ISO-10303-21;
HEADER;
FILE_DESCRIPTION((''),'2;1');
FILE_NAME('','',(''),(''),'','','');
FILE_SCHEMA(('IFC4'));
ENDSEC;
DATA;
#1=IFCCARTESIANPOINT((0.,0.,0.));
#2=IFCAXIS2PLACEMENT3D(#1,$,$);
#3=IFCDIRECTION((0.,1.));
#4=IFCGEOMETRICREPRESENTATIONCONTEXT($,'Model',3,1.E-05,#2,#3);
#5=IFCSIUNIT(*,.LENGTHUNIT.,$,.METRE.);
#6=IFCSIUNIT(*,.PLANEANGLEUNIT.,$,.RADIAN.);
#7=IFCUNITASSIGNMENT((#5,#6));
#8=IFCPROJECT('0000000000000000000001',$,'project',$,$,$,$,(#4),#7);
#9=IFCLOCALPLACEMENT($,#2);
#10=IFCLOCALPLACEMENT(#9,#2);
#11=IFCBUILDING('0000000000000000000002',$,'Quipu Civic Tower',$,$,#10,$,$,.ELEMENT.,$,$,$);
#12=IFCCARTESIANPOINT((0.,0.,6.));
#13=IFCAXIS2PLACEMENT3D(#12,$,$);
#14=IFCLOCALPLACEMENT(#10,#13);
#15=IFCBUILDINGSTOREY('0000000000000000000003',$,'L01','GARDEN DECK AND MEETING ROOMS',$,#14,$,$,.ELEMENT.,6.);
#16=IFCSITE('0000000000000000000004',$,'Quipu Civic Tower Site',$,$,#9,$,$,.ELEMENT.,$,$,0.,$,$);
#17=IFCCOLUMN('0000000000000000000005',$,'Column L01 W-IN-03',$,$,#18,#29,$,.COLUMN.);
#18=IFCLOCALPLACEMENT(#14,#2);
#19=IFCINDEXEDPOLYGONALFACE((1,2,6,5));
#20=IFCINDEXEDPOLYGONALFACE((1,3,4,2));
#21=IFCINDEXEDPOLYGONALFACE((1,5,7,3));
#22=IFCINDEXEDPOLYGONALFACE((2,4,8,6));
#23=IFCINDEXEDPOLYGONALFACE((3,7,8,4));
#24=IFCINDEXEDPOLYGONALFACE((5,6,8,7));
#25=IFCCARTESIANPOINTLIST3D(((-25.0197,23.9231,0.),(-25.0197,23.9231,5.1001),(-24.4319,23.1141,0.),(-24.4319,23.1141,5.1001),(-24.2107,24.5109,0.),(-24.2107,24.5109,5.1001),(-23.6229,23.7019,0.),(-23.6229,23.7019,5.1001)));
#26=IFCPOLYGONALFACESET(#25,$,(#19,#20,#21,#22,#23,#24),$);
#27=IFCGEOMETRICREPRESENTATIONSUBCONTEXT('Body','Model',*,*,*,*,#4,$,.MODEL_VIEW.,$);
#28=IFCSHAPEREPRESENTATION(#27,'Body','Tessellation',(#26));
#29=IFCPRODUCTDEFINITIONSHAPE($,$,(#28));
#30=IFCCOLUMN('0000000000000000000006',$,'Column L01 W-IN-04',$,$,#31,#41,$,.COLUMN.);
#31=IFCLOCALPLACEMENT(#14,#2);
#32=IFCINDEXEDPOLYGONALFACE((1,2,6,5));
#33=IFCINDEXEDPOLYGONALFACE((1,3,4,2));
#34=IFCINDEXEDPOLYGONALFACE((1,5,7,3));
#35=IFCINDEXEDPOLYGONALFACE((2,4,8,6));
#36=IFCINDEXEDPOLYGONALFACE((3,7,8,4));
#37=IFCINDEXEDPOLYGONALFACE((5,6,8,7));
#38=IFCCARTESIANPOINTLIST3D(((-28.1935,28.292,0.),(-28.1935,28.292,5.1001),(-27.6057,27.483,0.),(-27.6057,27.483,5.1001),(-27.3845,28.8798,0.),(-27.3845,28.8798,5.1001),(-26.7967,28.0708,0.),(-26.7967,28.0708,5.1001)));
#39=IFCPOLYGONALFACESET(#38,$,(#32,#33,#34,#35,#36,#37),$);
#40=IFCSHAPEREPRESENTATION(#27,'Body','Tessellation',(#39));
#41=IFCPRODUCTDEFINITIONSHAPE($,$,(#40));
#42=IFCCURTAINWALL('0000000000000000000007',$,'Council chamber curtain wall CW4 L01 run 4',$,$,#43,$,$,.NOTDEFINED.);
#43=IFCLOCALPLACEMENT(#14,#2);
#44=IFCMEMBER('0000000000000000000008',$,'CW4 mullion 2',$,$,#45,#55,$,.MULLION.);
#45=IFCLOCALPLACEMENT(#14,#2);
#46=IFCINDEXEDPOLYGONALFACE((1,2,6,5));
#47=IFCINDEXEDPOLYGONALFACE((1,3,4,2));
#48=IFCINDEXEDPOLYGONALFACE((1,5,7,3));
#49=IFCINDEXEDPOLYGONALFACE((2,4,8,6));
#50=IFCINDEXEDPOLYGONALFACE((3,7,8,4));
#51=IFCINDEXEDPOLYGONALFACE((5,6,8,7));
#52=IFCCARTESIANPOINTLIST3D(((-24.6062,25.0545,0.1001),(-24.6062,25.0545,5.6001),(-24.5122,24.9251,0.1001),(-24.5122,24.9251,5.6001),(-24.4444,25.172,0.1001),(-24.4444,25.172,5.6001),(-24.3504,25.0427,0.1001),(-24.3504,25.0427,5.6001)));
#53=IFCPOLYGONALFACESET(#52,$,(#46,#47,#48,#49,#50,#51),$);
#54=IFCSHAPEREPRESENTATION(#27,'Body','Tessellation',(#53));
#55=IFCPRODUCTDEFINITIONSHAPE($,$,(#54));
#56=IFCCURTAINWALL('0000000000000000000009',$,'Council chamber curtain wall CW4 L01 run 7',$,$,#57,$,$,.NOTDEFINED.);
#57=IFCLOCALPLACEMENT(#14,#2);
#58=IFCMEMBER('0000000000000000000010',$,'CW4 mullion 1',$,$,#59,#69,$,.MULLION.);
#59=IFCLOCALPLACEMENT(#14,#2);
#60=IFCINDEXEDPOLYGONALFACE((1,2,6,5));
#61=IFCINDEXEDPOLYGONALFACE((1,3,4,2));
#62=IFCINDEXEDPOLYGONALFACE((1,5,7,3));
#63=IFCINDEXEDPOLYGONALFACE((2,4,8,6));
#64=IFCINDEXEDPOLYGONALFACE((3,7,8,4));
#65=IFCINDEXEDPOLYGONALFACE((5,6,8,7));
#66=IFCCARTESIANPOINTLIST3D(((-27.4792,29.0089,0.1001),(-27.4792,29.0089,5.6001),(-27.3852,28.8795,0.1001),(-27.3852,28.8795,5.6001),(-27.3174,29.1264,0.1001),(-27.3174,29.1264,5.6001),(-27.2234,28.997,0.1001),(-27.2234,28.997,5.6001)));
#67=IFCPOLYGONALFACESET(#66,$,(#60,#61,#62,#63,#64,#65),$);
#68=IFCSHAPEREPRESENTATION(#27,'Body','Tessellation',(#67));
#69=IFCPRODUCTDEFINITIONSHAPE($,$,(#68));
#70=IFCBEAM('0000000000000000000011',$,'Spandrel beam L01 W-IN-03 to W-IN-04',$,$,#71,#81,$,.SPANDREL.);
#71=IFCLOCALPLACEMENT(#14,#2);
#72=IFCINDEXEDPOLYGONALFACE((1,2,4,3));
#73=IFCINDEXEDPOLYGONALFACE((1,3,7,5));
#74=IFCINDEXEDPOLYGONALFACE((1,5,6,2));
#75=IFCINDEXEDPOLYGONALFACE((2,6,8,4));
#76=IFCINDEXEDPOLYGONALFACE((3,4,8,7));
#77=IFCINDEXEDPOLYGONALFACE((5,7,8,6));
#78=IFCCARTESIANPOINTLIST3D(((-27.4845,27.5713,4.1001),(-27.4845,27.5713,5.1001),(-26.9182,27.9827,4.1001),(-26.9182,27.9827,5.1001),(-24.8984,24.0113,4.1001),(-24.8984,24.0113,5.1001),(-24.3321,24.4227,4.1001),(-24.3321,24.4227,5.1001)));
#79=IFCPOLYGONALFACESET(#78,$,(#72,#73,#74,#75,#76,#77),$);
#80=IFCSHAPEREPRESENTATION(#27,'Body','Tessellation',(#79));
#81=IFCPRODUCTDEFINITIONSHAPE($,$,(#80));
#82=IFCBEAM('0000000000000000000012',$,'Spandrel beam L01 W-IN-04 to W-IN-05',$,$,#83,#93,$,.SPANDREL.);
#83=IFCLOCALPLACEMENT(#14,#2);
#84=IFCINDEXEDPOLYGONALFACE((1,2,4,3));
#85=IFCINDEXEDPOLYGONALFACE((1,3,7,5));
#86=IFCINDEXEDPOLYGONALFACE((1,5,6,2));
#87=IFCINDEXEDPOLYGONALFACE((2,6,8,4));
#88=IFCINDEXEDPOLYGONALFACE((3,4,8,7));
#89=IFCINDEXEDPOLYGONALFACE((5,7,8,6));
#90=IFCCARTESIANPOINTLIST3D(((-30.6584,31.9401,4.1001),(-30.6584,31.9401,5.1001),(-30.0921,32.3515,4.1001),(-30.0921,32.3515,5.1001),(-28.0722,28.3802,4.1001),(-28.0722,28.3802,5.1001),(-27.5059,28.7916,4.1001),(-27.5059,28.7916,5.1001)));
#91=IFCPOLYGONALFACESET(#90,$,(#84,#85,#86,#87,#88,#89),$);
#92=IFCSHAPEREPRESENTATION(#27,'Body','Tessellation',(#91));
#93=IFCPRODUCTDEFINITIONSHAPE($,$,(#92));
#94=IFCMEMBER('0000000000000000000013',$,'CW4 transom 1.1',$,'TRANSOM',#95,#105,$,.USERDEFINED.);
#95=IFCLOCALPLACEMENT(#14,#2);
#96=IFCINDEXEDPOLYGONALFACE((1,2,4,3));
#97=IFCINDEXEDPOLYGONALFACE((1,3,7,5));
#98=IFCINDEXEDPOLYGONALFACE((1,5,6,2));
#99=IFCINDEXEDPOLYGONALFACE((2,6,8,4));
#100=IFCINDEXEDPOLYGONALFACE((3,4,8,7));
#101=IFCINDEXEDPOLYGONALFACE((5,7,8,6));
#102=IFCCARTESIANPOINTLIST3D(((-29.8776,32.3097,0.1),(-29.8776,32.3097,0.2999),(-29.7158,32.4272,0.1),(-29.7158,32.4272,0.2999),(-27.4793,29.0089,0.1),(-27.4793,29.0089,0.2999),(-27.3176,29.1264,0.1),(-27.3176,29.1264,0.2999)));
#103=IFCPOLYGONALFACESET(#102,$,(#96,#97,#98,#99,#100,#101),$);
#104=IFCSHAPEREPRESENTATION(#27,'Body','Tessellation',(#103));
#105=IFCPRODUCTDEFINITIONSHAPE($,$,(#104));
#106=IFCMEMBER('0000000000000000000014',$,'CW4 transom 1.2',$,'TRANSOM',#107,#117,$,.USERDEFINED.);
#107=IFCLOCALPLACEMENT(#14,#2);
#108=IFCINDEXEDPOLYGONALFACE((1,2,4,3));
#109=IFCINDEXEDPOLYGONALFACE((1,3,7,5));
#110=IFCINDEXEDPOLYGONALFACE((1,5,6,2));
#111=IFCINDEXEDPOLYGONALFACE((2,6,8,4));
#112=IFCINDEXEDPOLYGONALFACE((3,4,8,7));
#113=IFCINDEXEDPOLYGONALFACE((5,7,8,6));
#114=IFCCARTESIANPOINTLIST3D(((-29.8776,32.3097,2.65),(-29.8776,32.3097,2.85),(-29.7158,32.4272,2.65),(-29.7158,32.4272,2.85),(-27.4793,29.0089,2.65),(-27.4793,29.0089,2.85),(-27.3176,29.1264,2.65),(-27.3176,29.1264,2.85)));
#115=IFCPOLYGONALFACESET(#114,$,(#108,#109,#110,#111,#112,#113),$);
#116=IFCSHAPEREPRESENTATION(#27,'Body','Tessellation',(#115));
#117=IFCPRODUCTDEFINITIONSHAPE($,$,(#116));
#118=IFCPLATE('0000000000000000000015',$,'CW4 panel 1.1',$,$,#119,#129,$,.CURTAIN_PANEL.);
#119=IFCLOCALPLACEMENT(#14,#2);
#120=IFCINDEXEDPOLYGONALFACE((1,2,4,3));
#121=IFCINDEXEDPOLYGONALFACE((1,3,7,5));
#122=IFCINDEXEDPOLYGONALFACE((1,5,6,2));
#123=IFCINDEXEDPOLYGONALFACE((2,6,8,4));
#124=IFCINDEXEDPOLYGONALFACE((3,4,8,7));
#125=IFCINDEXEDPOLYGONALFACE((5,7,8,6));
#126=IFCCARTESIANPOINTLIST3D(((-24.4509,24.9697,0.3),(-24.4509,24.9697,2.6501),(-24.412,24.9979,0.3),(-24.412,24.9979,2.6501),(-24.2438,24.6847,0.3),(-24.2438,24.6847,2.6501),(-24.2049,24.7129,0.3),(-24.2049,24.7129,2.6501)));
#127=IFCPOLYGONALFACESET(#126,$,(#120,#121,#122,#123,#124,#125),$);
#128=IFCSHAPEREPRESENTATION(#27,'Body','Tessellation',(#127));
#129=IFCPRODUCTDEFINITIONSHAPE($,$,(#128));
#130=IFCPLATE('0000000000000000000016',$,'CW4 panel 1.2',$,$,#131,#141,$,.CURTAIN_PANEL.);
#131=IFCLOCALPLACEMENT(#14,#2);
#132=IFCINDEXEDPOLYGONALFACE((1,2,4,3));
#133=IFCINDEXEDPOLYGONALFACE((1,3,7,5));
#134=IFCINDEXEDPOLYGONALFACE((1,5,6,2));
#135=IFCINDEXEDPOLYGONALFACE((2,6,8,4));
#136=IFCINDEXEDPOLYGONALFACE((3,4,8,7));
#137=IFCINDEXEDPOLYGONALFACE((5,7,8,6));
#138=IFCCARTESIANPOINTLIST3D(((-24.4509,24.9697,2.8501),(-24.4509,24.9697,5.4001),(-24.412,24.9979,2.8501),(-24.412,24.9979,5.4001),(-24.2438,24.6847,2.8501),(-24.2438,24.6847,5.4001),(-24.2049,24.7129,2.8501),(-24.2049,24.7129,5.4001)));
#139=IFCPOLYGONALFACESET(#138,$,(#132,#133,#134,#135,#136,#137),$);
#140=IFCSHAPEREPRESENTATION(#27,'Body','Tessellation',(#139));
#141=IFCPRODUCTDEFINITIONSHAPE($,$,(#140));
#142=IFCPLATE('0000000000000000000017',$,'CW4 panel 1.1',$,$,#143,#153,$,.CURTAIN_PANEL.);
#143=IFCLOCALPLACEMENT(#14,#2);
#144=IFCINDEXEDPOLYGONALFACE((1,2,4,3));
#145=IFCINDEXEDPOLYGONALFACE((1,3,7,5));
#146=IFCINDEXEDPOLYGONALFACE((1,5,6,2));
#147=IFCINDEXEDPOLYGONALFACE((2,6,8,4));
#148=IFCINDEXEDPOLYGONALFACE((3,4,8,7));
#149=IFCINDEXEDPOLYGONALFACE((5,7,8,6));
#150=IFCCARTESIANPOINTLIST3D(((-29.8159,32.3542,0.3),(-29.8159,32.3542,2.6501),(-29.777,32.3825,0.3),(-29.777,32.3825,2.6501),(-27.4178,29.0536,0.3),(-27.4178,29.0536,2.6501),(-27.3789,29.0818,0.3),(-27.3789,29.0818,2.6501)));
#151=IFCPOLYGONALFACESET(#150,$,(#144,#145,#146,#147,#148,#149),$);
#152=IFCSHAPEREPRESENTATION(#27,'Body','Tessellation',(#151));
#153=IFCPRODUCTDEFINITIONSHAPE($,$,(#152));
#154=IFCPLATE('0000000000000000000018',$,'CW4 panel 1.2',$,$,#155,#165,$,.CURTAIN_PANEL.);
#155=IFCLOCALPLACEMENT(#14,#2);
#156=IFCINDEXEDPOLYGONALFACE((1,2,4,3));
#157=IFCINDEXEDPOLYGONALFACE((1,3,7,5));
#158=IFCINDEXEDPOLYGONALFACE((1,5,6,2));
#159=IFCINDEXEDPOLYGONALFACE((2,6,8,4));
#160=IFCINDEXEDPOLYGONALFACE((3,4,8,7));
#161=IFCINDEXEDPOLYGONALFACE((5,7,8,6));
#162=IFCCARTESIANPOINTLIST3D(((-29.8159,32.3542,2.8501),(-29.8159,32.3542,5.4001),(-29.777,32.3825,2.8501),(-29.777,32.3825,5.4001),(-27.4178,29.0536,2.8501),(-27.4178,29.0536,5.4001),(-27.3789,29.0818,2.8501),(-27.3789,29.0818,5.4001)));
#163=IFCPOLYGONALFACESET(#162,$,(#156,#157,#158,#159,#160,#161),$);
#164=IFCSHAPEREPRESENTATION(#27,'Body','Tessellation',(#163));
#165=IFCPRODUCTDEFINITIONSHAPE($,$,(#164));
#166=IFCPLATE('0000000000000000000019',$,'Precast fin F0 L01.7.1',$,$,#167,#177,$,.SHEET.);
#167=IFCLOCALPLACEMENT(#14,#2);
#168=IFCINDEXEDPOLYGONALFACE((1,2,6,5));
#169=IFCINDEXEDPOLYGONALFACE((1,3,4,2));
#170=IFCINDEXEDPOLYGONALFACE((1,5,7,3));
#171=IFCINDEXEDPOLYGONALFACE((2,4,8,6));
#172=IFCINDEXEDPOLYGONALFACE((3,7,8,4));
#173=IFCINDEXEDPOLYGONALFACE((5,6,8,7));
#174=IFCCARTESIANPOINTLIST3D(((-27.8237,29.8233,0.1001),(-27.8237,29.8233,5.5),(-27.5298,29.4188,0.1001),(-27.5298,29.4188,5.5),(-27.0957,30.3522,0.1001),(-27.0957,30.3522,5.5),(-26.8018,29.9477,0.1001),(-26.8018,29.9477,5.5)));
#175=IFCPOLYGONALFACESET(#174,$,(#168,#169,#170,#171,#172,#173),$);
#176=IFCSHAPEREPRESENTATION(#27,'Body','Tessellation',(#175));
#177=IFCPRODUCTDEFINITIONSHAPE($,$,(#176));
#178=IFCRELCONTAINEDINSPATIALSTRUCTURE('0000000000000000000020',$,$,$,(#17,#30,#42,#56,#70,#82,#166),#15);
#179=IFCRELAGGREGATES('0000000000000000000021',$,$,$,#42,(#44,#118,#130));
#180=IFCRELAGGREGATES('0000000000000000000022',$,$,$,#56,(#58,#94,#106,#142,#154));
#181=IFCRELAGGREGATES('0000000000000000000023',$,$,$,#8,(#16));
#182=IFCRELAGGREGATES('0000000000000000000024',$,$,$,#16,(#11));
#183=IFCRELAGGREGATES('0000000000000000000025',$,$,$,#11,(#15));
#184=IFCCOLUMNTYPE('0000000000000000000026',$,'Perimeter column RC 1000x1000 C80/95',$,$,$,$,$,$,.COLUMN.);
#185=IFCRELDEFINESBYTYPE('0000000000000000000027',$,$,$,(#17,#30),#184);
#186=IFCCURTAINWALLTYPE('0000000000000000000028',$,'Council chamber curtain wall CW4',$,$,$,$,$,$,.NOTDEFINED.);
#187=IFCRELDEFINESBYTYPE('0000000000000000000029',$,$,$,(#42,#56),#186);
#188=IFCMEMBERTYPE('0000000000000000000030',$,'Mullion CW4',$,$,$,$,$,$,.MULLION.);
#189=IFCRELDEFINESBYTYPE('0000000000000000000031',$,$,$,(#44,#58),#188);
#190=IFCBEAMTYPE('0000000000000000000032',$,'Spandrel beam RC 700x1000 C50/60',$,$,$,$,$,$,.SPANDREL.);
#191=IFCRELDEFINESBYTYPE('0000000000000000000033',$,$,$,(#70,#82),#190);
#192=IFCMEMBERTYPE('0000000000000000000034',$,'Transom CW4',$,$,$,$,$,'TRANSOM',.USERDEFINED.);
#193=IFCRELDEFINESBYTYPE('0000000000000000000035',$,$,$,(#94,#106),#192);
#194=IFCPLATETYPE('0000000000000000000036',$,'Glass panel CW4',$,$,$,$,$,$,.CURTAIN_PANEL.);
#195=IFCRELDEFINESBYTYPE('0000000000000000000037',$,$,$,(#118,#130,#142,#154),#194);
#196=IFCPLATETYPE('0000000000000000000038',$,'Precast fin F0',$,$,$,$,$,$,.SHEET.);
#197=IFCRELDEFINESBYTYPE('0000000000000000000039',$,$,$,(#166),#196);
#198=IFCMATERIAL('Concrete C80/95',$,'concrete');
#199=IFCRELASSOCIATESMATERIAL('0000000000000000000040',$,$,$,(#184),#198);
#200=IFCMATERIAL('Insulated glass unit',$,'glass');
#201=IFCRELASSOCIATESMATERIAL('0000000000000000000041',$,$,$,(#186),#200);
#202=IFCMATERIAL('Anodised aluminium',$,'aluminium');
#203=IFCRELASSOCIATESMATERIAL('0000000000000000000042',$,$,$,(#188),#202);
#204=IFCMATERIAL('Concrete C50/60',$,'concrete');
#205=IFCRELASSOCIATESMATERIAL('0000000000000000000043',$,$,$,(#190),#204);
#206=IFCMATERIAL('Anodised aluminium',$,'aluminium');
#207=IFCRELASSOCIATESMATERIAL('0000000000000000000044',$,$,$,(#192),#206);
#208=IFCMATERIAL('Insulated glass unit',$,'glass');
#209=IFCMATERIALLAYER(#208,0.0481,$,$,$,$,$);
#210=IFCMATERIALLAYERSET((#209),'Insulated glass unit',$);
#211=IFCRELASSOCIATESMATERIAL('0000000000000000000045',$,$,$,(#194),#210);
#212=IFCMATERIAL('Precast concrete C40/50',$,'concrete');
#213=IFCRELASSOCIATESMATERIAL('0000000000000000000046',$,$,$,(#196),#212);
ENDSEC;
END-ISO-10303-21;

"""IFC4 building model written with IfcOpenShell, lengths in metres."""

from ifc_helpers import new_model, si_unit, direction, frame, origin, origin_2d, place, context, subcontext, project, spatial, rectangle, extrude, material, layer, layer_set, material_profile, profile_set, type_object, element, aggregate, save


model = new_model("IFC4")

# Units and contexts
model_context = context("Model", 3, precision=1e-05, world=origin(), true_north=direction((0.0, 1.0)))
body_context = subcontext(model_context, "Body", "Model", "MODEL_VIEW")
ifc_project = project(units=[si_unit("LENGTHUNIT", "METRE"), si_unit("PLANEANGLEUNIT", "RADIAN")], contexts=[model_context])

# Site, building, storey
site_placement = place(None, origin())
site = spatial("IfcSite", under=ifc_project, at=site_placement, Name="Quipu Civic Tower Site", CompositionType="ELEMENT", RefElevation=0.0)
building_placement = place(site_placement, origin())
building = spatial("IfcBuilding", under=site, at=building_placement, Name="Quipu Civic Tower", CompositionType="ELEMENT")
storey_placement = place(building_placement, frame((0.0, 0.0, 6.0)))
storey = spatial("IfcBuildingStorey", under=building, at=storey_placement, Name="L01", Description="GARDEN DECK AND MEETING ROOMS", CompositionType="ELEMENT", Elevation=6.0)

# Columns
ifc_material_1 = material(Name="Concrete C80/95", Category="concrete")
ifc_material_profile_1 = material_profile(ifc_material_1, rectangle(XDim=1.0, YDim=1.0, at=origin_2d()), Name="RC1000x1000")
ifc_profile_set_1 = profile_set([ifc_material_profile_1], Name="Concrete C80/95")
column_type = type_object("IfcColumnType", Name="Perimeter column RC 1000x1000 C80/95", PredefinedType="COLUMN", material=ifc_profile_set_1)
for number, where, z_axis, x_axis, name in (
    (1, (-24.3213, 23.8125, 0.0), (0.0, 0.0, 1.0), (-0.587785, 0.809017, 0.0), "Column L01 W-IN-03"),
    (2, (-27.4951, 28.1814, 0.0), (0.0, 0.0, 1.0), (-0.587785, 0.809017, 0.0), "Column L01 W-IN-04"),
):
    element("IfcColumn", number, at=place(storey_placement, frame(where, z_axis=z_axis, x_axis=x_axis)), inside=storey, type_object=column_type, Name=name, PredefinedType="COLUMN", context=body_context, shape_type="SweptSolid", body=[
        extrude(rectangle(XDim=1.0, YDim=1.0, at=origin_2d()), origin(), (0.0, 0.0, 1.0), 5.1001),
    ])

# Curtain walls, members
ifc_material_2 = material(Name="Insulated glass unit", Category="glass")
curtain_wall_type = type_object("IfcCurtainWallType", Name="Council chamber curtain wall CW4", PredefinedType="NOTDEFINED", material=ifc_material_2)
curtain_wall_1_placement = place(storey_placement, origin())
curtain_wall_1 = element("IfcCurtainWall", 3, at=curtain_wall_1_placement, inside=storey, type_object=curtain_wall_type, Name="Council chamber curtain wall CW4 L01 run 4", PredefinedType="NOTDEFINED")
ifc_material_3 = material(Name="Anodised aluminium", Category="aluminium")
ifc_material_profile_2 = material_profile(ifc_material_3, rectangle(XDim=0.2, YDim=0.1599, at=origin_2d()), Name="RECT 200x160")
ifc_profile_set_2 = profile_set([ifc_material_profile_2], Name="Anodised aluminium")
member_type_1 = type_object("IfcMemberType", Name="Mullion CW4", PredefinedType="MULLION", material=ifc_profile_set_2)
member_1_placement = place(storey_placement, frame((-24.4783, 25.0486, 0.1001), z_axis=(0.0, 0.0, 1.0), x_axis=(-0.809013, -0.587791, 0.0)))
member_1 = element("IfcMember", 4, at=member_1_placement, type_object=member_type_1, Name="CW4 mullion 2", PredefinedType="MULLION", context=body_context, shape_type="SweptSolid", body=[
    extrude(rectangle(XDim=0.2, YDim=0.1599, at=origin_2d()), origin(), (0.0, 0.0, 1.0), 5.5),
])
curtain_wall_2_placement = place(storey_placement, origin())
curtain_wall_2 = element("IfcCurtainWall", 5, at=curtain_wall_2_placement, inside=storey, type_object=curtain_wall_type, Name="Council chamber curtain wall CW4 L01 run 7", PredefinedType="NOTDEFINED")
member_2_placement = place(storey_placement, frame((-27.3513, 29.0029, 0.1001), z_axis=(0.0, 0.0, 1.0), x_axis=(-0.809017, -0.587785, 0.0)))
member_2 = element("IfcMember", 6, at=member_2_placement, type_object=member_type_1, Name="CW4 mullion 1", PredefinedType="MULLION", context=body_context, shape_type="SweptSolid", body=[
    extrude(rectangle(XDim=0.2, YDim=0.1599, at=origin_2d()), origin(), (0.0, 0.0, 1.0), 5.5),
])

# Beams
ifc_material_4 = material(Name="Concrete C50/60", Category="concrete")
ifc_material_profile_3 = material_profile(ifc_material_4, rectangle(XDim=0.7, YDim=1.0, at=origin_2d()), Name="RC700x1000")
ifc_profile_set_3 = profile_set([ifc_material_profile_3], Name="Concrete C50/60")
beam_type = type_object("IfcBeamType", Name="Spandrel beam RC 700x1000 C50/60", PredefinedType="SPANDREL", material=ifc_profile_set_3)
for number, where, z_axis, x_axis, name in (
    (7, (-24.6152, 24.217, 4.6001), (-0.587733, 0.809055, 0.0), (-0.809055, -0.587733, 0.0), "Spandrel beam L01 W-IN-03 to W-IN-04"),
    (8, (-27.7891, 28.5859, 4.6001), (-0.587759, 0.809036, 0.0), (-0.809036, -0.587759, 0.0), "Spandrel beam L01 W-IN-04 to W-IN-05"),
):
    element("IfcBeam", number, at=place(storey_placement, frame(where, z_axis=z_axis, x_axis=x_axis)), inside=storey, type_object=beam_type, Name=name, PredefinedType="SPANDREL", context=body_context, shape_type="SweptSolid", body=[
        extrude(rectangle(XDim=0.7, YDim=1.0, at=origin_2d()), origin(), (0.0, 0.0, 1.0), 4.4001),
    ])

# Members
ifc_material_5 = material(Name="Anodised aluminium", Category="aluminium")
ifc_material_profile_4 = material_profile(ifc_material_5, rectangle(XDim=0.2, YDim=0.2, at=origin_2d()), Name="RECT 200x200")
ifc_profile_set_4 = profile_set([ifc_material_profile_4], Name="Anodised aluminium")
member_type_2 = type_object("IfcMemberType", Name="Transom CW4", ElementType="TRANSOM", PredefinedType="USERDEFINED", material=ifc_profile_set_4)
member_3_placement = place(storey_placement, frame((-27.3984, 29.0676, 0.2), z_axis=(-0.587791, 0.809013, 0.0), x_axis=(-0.809013, -0.587791, 0.0)))
member_3 = element("IfcMember", 9, at=member_3_placement, type_object=member_type_2, Name="CW4 transom 1.1", ObjectType="TRANSOM", PredefinedType="USERDEFINED", context=body_context, shape_type="SweptSolid", body=[
    extrude(rectangle(XDim=0.2, YDim=0.2, at=origin_2d()), origin(), (0.0, 0.0, 1.0), 4.0801),
])
member_4_placement = place(storey_placement, frame((-27.3984, 29.0676, 2.75), z_axis=(-0.587791, 0.809013, 0.0), x_axis=(-0.809013, -0.587791, 0.0)))
member_4 = element("IfcMember", 10, at=member_4_placement, type_object=member_type_2, Name="CW4 transom 1.2", ObjectType="TRANSOM", PredefinedType="USERDEFINED", context=body_context, shape_type="SweptSolid", body=[
    extrude(rectangle(XDim=0.2, YDim=0.2, at=origin_2d()), origin(), (0.0, 0.0, 1.0), 4.0801),
])

# Plates
ifc_material_6 = material(Name="Insulated glass unit", Category="glass")
ifc_layer_1 = layer(ifc_material_6, 0.0481)
ifc_layer_set_1 = layer_set([ifc_layer_1], Name="Insulated glass unit")
plate_type_1 = type_object("IfcPlateType", Name="Glass panel CW4", PredefinedType="CURTAIN_PANEL", material=ifc_layer_set_1)
plate_1_placement = place(storey_placement, frame((-24.3279, 24.8413, 0.3), z_axis=(0.0, 0.0, 1.0), x_axis=(-0.587791, 0.809013, 0.0)))
plate_1 = element("IfcPlate", 11, at=plate_1_placement, type_object=plate_type_1, Name="CW4 panel 1.1", PredefinedType="CURTAIN_PANEL", context=body_context, shape_type="SweptSolid", body=[
    extrude(rectangle(XDim=0.3523, YDim=0.0481, at=origin_2d()), origin(), (0.0, 0.0, 1.0), 2.3501),
])
plate_2_placement = place(storey_placement, frame((-24.3279, 24.8413, 2.8501), z_axis=(0.0, 0.0, 1.0), x_axis=(-0.587791, 0.809013, 0.0)))
plate_2 = element("IfcPlate", 12, at=plate_2_placement, type_object=plate_type_1, Name="CW4 panel 1.2", PredefinedType="CURTAIN_PANEL", context=body_context, shape_type="SweptSolid", body=[
    extrude(rectangle(XDim=0.3523, YDim=0.0481, at=origin_2d()), origin(), (0.0, 0.0, 1.0), 2.55),
])
aggregate(curtain_wall_1, [member_1, plate_1, plate_2])
plate_3_placement = place(storey_placement, frame((-28.5974, 30.718, 0.3), z_axis=(0.0, 0.0, 1.0), x_axis=(-0.587785, 0.809017, 0.0)))
plate_3 = element("IfcPlate", 13, at=plate_3_placement, type_object=plate_type_1, Name="CW4 panel 1.1", PredefinedType="CURTAIN_PANEL", context=body_context, shape_type="SweptSolid", body=[
    extrude(rectangle(XDim=4.0798, YDim=0.0481, at=origin_2d()), origin(), (0.0, 0.0, 1.0), 2.3501),
])
plate_4_placement = place(storey_placement, frame((-28.5974, 30.718, 2.8501), z_axis=(0.0, 0.0, 1.0), x_axis=(-0.587785, 0.809017, 0.0)))
plate_4 = element("IfcPlate", 14, at=plate_4_placement, type_object=plate_type_1, Name="CW4 panel 1.2", PredefinedType="CURTAIN_PANEL", context=body_context, shape_type="SweptSolid", body=[
    extrude(rectangle(XDim=4.0798, YDim=0.0481, at=origin_2d()), origin(), (0.0, 0.0, 1.0), 2.55),
])
aggregate(curtain_wall_2, [member_2, member_3, member_4, plate_3, plate_4])
ifc_material_7 = material(Name="Precast concrete C40/50", Category="concrete")
plate_type_2 = type_object("IfcPlateType", Name="Precast fin F0", PredefinedType="SHEET", material=ifc_material_7)
plate_5_placement = place(storey_placement, frame((-27.3127, 29.8855, 0.1001), z_axis=(0.0, 0.0, 1.0), x_axis=(-0.587785, 0.809017, 0.0)))
element("IfcPlate", 15, at=plate_5_placement, inside=storey, type_object=plate_type_2, Name="Precast fin F0 L01.7.1", PredefinedType="SHEET", context=body_context, shape_type="SweptSolid", body=[
    extrude(rectangle(XDim=0.5, YDim=0.8999, at=origin_2d()), origin(), (0.0, 0.0, 1.0), 5.3999),
])

save(model, "model.ifc")
